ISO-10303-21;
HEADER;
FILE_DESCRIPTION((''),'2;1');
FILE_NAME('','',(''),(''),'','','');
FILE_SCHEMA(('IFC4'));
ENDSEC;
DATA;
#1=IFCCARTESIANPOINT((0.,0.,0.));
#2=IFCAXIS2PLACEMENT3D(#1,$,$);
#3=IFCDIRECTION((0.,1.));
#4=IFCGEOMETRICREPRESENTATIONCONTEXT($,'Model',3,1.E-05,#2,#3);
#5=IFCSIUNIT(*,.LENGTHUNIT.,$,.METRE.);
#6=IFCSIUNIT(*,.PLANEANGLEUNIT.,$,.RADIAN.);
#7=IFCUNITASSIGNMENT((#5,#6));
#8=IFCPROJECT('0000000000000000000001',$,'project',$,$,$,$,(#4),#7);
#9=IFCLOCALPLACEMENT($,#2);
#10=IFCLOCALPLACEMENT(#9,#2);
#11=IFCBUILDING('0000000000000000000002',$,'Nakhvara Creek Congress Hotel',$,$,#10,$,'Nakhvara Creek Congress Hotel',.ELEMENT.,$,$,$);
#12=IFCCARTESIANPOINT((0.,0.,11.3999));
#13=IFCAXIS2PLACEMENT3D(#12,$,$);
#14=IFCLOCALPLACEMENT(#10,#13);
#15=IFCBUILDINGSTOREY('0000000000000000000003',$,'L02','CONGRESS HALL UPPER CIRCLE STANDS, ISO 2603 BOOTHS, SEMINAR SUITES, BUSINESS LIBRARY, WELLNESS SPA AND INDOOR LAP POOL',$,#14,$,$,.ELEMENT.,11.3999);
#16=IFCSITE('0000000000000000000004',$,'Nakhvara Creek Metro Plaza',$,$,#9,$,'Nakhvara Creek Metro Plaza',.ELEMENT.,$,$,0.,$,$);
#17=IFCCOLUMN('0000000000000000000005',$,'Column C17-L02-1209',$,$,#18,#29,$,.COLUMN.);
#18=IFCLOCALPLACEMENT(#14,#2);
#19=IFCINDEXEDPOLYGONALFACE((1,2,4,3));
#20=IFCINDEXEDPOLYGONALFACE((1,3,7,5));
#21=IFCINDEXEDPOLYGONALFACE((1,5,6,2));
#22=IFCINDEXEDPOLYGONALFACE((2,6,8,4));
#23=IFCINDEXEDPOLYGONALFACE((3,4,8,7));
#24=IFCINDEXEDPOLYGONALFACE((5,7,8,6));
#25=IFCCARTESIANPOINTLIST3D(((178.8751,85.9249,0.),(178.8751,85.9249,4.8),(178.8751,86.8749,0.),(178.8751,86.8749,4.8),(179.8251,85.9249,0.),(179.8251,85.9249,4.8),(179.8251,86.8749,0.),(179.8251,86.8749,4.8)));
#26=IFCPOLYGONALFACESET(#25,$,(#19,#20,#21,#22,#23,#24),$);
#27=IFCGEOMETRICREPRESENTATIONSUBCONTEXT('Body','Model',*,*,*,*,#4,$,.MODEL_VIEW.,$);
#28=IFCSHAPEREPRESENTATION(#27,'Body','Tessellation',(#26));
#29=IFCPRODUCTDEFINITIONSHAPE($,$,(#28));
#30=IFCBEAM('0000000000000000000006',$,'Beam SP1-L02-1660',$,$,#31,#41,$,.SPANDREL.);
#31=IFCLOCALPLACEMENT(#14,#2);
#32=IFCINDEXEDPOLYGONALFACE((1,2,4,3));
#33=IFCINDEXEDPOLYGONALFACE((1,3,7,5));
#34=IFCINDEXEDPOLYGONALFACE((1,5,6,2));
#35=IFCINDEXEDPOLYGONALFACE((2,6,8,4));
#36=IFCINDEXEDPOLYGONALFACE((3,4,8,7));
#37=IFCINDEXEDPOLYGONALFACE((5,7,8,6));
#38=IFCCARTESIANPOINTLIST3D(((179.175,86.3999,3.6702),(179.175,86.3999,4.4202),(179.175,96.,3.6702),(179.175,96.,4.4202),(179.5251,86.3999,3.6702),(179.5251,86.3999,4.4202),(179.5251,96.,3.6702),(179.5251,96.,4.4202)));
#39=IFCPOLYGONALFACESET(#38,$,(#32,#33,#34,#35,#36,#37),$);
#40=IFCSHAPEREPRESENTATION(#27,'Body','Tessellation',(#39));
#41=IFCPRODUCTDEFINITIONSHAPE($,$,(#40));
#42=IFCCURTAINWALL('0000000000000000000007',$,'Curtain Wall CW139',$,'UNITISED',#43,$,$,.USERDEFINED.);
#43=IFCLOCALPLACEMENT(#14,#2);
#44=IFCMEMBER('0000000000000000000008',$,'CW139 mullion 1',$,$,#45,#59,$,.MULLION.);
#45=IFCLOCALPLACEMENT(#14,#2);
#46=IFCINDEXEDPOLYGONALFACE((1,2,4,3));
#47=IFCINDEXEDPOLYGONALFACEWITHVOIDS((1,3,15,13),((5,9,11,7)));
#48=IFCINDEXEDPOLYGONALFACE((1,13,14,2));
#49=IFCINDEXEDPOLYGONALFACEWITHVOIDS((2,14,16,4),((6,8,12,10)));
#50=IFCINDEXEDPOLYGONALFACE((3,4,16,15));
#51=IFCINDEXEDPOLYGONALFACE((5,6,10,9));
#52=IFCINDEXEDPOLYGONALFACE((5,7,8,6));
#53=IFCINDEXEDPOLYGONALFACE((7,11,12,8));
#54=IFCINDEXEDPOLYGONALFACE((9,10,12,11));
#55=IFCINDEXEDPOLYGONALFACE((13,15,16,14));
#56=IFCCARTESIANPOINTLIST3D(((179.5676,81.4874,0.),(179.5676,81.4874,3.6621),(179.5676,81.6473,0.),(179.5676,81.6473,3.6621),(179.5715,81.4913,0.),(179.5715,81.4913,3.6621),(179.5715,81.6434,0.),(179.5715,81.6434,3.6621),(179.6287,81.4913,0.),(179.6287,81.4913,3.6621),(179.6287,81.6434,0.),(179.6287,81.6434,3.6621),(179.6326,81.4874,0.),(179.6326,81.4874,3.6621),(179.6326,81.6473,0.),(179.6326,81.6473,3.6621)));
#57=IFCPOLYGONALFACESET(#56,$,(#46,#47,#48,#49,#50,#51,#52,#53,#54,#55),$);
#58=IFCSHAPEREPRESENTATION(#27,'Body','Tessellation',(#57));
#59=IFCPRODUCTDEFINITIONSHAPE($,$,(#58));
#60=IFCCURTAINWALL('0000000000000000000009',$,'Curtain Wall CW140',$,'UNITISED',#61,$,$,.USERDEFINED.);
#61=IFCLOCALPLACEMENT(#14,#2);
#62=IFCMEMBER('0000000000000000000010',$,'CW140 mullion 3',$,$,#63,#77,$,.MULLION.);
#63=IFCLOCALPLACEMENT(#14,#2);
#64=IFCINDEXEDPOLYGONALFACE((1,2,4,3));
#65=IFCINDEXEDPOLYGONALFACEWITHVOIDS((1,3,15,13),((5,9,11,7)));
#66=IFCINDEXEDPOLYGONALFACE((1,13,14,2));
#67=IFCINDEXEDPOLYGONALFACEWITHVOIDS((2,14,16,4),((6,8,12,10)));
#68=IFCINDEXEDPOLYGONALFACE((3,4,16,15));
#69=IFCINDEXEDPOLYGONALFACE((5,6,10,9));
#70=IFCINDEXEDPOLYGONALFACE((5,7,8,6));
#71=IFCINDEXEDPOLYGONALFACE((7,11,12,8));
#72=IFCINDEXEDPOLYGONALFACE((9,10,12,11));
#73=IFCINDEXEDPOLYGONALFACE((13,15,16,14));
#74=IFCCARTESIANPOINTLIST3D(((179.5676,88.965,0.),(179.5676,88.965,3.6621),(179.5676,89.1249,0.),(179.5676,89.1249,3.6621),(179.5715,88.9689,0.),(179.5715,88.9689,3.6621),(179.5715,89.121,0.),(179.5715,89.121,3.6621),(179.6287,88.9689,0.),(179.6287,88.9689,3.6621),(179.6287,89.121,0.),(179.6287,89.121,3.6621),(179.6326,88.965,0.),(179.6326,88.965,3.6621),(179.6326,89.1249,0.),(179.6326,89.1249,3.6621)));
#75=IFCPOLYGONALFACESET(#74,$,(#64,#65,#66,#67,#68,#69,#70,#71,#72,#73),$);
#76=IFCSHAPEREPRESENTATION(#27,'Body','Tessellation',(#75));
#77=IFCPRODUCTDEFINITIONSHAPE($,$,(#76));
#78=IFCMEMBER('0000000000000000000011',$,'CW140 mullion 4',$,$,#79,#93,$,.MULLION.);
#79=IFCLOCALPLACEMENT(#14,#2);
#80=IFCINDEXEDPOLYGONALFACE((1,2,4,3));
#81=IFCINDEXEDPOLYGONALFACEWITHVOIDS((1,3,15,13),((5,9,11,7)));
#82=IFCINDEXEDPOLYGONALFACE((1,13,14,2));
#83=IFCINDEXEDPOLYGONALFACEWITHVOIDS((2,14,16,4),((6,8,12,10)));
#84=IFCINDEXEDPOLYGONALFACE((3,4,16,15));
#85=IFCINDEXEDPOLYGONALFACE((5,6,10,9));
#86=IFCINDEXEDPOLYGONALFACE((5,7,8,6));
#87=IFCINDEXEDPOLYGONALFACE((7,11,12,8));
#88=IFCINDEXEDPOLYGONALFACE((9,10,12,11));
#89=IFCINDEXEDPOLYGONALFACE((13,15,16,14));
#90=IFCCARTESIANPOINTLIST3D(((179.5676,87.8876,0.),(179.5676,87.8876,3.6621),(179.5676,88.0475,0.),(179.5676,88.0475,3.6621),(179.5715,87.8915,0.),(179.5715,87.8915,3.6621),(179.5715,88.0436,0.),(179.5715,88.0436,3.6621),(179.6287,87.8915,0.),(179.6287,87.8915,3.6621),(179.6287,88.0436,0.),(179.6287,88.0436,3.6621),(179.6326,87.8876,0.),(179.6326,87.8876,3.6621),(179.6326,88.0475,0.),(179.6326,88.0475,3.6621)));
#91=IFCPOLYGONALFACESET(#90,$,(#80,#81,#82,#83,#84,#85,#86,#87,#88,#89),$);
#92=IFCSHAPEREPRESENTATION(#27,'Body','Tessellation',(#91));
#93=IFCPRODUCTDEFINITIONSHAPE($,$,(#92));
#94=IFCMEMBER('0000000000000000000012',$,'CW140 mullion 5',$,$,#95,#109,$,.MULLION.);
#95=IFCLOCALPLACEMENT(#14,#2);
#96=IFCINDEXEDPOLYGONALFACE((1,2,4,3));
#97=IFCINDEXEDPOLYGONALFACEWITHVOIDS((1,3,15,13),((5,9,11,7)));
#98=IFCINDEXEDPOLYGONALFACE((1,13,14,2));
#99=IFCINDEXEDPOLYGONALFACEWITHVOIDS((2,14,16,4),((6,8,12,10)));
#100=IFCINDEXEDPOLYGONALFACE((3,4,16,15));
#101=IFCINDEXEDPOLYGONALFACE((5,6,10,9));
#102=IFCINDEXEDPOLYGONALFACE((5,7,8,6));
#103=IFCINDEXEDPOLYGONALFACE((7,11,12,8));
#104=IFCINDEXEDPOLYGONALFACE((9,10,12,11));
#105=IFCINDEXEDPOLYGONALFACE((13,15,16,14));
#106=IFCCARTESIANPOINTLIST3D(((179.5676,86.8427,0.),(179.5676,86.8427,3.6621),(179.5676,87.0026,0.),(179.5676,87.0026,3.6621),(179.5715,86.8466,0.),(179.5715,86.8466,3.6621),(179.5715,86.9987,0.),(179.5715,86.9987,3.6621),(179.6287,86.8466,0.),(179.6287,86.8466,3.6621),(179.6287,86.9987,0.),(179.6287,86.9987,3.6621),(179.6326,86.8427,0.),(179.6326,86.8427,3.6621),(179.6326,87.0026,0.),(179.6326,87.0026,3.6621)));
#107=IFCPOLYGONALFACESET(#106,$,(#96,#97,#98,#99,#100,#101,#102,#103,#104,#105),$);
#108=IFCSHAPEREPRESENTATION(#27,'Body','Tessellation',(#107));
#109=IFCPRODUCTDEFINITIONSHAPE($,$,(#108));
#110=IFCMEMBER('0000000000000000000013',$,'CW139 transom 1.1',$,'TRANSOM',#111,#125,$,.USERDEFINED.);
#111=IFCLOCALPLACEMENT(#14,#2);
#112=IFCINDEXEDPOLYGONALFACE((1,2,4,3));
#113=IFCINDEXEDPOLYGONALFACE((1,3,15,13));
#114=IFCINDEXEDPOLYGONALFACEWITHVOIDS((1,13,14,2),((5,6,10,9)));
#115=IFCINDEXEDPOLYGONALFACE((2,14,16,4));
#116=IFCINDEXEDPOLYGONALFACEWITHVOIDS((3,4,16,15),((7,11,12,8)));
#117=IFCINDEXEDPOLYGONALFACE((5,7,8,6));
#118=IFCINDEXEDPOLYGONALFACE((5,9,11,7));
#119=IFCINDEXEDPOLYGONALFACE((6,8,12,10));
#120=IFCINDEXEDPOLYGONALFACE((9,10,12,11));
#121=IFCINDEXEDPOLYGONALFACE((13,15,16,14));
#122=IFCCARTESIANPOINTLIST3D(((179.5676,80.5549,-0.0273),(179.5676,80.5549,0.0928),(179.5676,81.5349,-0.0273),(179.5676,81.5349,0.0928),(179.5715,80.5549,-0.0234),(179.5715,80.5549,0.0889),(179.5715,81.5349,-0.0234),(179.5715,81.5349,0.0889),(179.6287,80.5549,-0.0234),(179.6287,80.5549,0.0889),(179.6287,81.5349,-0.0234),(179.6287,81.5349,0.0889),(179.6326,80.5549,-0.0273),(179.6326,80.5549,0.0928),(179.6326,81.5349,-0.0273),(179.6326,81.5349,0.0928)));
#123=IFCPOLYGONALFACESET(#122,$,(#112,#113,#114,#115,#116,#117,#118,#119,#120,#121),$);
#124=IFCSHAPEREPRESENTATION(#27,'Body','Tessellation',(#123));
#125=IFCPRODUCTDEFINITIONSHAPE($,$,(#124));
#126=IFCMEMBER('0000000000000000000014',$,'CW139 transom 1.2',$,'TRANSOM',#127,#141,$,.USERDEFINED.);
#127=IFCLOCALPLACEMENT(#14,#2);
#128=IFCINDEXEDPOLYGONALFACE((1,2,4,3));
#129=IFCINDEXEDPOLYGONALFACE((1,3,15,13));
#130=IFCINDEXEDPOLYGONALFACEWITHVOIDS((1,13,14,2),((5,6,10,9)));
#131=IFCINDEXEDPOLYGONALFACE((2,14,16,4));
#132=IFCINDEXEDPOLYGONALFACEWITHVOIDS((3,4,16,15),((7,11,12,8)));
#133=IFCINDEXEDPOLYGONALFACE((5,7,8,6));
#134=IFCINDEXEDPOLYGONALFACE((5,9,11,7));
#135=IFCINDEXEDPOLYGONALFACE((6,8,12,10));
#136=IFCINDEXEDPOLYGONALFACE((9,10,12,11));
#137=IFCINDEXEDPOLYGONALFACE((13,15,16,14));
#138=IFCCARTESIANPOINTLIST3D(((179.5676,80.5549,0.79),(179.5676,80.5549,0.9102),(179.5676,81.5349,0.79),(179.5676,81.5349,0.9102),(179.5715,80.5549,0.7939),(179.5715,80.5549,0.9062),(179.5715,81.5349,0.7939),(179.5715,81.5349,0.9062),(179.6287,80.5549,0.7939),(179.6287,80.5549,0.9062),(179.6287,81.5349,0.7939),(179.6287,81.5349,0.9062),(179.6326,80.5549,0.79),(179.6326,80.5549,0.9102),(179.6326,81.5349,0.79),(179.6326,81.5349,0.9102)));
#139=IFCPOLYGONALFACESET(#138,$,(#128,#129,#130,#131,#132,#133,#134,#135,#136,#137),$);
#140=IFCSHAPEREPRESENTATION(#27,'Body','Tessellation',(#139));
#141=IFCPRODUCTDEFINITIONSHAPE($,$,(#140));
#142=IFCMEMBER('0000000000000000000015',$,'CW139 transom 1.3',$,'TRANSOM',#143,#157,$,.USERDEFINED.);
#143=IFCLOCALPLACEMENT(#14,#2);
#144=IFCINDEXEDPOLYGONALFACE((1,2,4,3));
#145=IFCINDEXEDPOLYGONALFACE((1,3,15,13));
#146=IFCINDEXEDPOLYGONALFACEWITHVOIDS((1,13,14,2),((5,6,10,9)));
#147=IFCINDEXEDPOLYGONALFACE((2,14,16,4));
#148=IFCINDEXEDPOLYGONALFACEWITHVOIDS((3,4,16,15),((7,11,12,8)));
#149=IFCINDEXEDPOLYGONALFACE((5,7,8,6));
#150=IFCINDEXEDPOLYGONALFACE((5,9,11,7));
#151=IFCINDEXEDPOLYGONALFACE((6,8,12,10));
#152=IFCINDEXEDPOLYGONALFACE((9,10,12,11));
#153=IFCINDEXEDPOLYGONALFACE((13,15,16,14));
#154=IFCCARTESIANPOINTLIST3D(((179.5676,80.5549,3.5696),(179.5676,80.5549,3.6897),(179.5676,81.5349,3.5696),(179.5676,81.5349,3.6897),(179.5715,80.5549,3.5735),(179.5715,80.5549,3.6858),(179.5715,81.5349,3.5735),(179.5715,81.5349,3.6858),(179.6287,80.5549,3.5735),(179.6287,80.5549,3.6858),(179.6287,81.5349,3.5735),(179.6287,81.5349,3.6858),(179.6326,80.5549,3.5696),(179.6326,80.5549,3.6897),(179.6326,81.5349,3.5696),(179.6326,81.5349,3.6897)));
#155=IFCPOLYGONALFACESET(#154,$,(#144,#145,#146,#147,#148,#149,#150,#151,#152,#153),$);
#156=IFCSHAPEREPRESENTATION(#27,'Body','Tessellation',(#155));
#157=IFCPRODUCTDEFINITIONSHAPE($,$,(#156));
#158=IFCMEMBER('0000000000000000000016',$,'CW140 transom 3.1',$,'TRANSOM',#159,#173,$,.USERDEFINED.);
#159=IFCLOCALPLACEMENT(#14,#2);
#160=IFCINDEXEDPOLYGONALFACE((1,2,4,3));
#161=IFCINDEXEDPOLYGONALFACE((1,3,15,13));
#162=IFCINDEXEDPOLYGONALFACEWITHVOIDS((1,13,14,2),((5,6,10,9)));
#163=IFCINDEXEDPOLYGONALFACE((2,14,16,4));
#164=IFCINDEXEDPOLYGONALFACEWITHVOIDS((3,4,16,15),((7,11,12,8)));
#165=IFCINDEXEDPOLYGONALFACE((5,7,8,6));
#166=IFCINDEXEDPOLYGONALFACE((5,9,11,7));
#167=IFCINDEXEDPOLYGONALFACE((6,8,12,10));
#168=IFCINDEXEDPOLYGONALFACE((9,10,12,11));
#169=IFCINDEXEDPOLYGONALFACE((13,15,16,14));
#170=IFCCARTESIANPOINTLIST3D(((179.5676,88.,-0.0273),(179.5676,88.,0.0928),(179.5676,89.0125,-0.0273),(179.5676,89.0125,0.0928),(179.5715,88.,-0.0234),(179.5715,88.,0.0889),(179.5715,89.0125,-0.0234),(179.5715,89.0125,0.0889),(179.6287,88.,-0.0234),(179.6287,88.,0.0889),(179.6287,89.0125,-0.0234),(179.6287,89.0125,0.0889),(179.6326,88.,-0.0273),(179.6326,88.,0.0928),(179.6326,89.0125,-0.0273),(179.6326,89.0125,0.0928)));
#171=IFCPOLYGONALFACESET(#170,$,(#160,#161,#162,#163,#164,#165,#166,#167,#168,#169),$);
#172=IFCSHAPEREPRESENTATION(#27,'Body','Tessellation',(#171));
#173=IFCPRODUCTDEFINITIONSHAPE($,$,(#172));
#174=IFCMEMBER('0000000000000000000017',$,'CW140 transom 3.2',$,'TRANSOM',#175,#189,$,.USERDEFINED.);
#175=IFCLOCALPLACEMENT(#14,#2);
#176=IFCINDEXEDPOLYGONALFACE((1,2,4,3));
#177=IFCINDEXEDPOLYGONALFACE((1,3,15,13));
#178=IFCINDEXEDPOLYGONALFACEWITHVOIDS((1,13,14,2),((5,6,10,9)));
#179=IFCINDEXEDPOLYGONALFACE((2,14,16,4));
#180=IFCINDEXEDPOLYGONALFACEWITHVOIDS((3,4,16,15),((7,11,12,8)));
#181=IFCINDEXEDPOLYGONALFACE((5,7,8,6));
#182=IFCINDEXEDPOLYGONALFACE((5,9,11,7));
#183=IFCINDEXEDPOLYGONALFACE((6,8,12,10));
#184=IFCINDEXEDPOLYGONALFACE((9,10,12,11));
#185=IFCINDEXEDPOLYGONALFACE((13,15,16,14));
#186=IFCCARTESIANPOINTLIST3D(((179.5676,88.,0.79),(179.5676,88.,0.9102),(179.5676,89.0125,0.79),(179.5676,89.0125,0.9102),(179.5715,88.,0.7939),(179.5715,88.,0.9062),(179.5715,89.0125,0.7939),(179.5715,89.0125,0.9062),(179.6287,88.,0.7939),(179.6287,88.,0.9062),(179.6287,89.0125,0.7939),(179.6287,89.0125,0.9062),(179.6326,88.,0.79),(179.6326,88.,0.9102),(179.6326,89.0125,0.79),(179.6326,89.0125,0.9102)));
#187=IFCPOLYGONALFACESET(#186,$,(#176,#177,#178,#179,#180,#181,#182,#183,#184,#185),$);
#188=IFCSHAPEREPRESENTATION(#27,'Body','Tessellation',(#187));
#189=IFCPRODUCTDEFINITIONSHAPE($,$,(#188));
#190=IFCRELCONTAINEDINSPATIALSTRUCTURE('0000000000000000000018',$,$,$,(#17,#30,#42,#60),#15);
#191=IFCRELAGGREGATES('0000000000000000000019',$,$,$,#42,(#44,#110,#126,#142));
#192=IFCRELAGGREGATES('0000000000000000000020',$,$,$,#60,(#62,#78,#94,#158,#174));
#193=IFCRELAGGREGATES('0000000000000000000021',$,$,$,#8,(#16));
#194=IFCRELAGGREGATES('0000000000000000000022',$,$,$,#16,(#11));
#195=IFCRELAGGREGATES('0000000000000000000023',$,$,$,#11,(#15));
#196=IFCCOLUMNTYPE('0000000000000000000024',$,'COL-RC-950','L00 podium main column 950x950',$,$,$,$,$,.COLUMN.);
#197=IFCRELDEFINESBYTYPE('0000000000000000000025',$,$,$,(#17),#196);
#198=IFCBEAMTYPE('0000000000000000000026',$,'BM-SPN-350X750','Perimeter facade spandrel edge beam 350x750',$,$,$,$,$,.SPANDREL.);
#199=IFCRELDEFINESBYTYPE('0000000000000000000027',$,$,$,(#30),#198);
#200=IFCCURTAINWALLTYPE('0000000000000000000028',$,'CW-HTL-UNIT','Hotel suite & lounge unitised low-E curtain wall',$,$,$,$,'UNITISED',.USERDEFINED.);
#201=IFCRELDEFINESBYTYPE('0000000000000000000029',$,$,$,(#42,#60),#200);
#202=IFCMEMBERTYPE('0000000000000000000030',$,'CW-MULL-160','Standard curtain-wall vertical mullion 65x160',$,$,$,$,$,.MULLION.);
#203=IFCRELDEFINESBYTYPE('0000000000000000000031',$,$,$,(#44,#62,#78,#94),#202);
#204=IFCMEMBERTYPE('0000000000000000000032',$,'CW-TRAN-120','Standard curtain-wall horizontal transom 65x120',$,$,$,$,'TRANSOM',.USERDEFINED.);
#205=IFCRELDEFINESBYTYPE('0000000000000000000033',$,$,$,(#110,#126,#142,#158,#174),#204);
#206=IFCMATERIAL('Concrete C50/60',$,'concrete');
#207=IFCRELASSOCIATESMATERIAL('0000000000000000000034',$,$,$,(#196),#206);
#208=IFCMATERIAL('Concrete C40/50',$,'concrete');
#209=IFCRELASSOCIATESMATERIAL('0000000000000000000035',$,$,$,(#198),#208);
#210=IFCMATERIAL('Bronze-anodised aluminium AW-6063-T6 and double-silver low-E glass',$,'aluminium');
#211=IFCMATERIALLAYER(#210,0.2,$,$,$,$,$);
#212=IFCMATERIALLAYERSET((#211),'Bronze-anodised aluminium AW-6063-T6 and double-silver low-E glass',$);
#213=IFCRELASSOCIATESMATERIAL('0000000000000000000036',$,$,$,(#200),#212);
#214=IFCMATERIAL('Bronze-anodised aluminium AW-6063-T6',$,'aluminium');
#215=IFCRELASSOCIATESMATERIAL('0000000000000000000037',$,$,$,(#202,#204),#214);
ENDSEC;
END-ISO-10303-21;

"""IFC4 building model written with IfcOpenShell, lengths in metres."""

from ifc_helpers import new_model, si_unit, direction, frame, origin, origin_2d, place, context, subcontext, project, spatial, rectangle, hollow_rectangle, extrude, material, layer, layer_set, material_profile, profile_set, type_object, element, aggregate, save


model = new_model("IFC4")

# Units and contexts
model_context = context("Model", 3, precision=1e-05, world=origin(), true_north=direction((0.0, 1.0)))
body_context = subcontext(model_context, "Body", "Model", "MODEL_VIEW")
ifc_project = project(units=[si_unit("LENGTHUNIT", "METRE"), si_unit("PLANEANGLEUNIT", "RADIAN")], contexts=[model_context])

# Site, building, storey
site_placement = place(None, origin())
site = spatial("IfcSite", under=ifc_project, at=site_placement, Name="Nakhvara Creek Metro Plaza", LongName="Nakhvara Creek Metro Plaza", CompositionType="ELEMENT", RefElevation=0.0)
building_placement = place(site_placement, origin())
building = spatial("IfcBuilding", under=site, at=building_placement, Name="Nakhvara Creek Congress Hotel", LongName="Nakhvara Creek Congress Hotel", CompositionType="ELEMENT")
storey_placement = place(building_placement, frame((0.0, 0.0, 11.3999)))
storey = spatial("IfcBuildingStorey", under=building, at=storey_placement, Name="L02", Description="CONGRESS HALL UPPER CIRCLE STANDS, ISO 2603 BOOTHS, SEMINAR SUITES, BUSINESS LIBRARY, WELLNESS SPA AND INDOOR LAP POOL", CompositionType="ELEMENT", Elevation=11.3999)

# Column
ifc_material_1 = material(Name="Concrete C50/60", Category="concrete")
ifc_material_profile_1 = material_profile(ifc_material_1, rectangle(XDim=0.95, YDim=0.95, at=origin_2d()), Name="RC-COL 950x950", Category="LoadBearing")
ifc_profile_set_1 = profile_set([ifc_material_profile_1], Name="Concrete C50/60")
column_type = type_object("IfcColumnType", Name="COL-RC-950", Description="L00 podium main column 950x950", PredefinedType="COLUMN", material=ifc_profile_set_1)
column_placement = place(storey_placement, frame((179.3501, 86.3999, 0.0), z_axis=(0.0, 0.0, 1.0), x_axis=(1.0, 0.0, 0.0)))
element("IfcColumn", 1, at=column_placement, inside=storey, type_object=column_type, Name="Column C17-L02-1209", PredefinedType="COLUMN", context=body_context, shape_type="SweptSolid", body=[
    extrude(rectangle(XDim=0.95, YDim=0.95, at=origin_2d()), origin(), (0.0, 0.0, 1.0), 4.8),
])

# Beam
ifc_material_2 = material(Name="Concrete C40/50", Category="concrete")
ifc_material_profile_2 = material_profile(ifc_material_2, rectangle(XDim=0.3501, YDim=0.75, at=origin_2d()), Name="RC-SPANDREL 350x750", Category="LoadBearing")
ifc_profile_set_2 = profile_set([ifc_material_profile_2], Name="Concrete C40/50")
beam_type = type_object("IfcBeamType", Name="BM-SPN-350X750", Description="Perimeter facade spandrel edge beam 350x750", PredefinedType="SPANDREL", material=ifc_profile_set_2)
beam_placement = place(storey_placement, frame((179.3501, 86.3999, 4.0452), z_axis=(0.0, 1.0, 0.0), x_axis=(-1.0, 0.0, 0.0)))
element("IfcBeam", 2, at=beam_placement, inside=storey, type_object=beam_type, Name="Beam SP1-L02-1660", PredefinedType="SPANDREL", context=body_context, shape_type="SweptSolid", body=[
    extrude(rectangle(XDim=0.3501, YDim=0.75, at=origin_2d()), origin(), (0.0, 0.0, 1.0), 9.6001),
])

# Curtain wall, member
ifc_material_3 = material(Name="Bronze-anodised aluminium AW-6063-T6 and double-silver low-E glass", Category="aluminium")
ifc_layer_1 = layer(ifc_material_3, 0.2)
ifc_layer_set_1 = layer_set([ifc_layer_1], Name="Bronze-anodised aluminium AW-6063-T6 and double-silver low-E glass")
curtain_wall_type = type_object("IfcCurtainWallType", Name="CW-HTL-UNIT", Description="Hotel suite & lounge unitised low-E curtain wall", ElementType="UNITISED", PredefinedType="USERDEFINED", material=ifc_layer_set_1)
curtain_wall_1_placement = place(storey_placement, origin())
curtain_wall_1 = element("IfcCurtainWall", 3, at=curtain_wall_1_placement, inside=storey, type_object=curtain_wall_type, Name="Curtain Wall CW139", ObjectType="UNITISED", PredefinedType="USERDEFINED")
ifc_material_4 = material(Name="Bronze-anodised aluminium AW-6063-T6", Category="aluminium")
ifc_material_profile_3 = material_profile(ifc_material_4, hollow_rectangle(XDim=0.0649, YDim=0.1599, WallThickness=0.0039, at=origin_2d()), Name="ALU-MULL 65x160x4", Category="LoadBearing")
ifc_profile_set_3 = profile_set([ifc_material_profile_3], Name="Bronze-anodised aluminium AW-6063-T6")
member_type_1 = type_object("IfcMemberType", Name="CW-MULL-160", Description="Standard curtain-wall vertical mullion 65x160", PredefinedType="MULLION", material=ifc_profile_set_3)
member_1_placement = place(storey_placement, frame((179.6001, 81.5674, 0.0), z_axis=(0.0, 0.0, 1.0), x_axis=(1.0, 0.0, 0.0)))
member_1 = element("IfcMember", 4, at=member_1_placement, type_object=member_type_1, Name="CW139 mullion 1", PredefinedType="MULLION", context=body_context, shape_type="SweptSolid", body=[
    extrude(hollow_rectangle(XDim=0.0649, YDim=0.1599, WallThickness=0.0039, at=origin_2d()), origin(), (0.0, 0.0, 1.0), 3.6621),
])

# Curtain wall, members
curtain_wall_2_placement = place(storey_placement, origin())
curtain_wall_2 = element("IfcCurtainWall", 5, at=curtain_wall_2_placement, inside=storey, type_object=curtain_wall_type, Name="Curtain Wall CW140", ObjectType="UNITISED", PredefinedType="USERDEFINED")
member_2_placement = place(storey_placement, frame((179.6001, 89.0449, 0.0), z_axis=(0.0, 0.0, 1.0), x_axis=(1.0, 0.0, 0.0)))
member_2 = element("IfcMember", 6, at=member_2_placement, type_object=member_type_1, Name="CW140 mullion 3", PredefinedType="MULLION", context=body_context, shape_type="SweptSolid", body=[
    extrude(hollow_rectangle(XDim=0.0649, YDim=0.1599, WallThickness=0.0039, at=origin_2d()), origin(), (0.0, 0.0, 1.0), 3.6621),
])
member_3_placement = place(storey_placement, frame((179.6001, 87.9675, 0.0), z_axis=(0.0, 0.0, 1.0), x_axis=(1.0, 0.0, 0.0)))
member_3 = element("IfcMember", 7, at=member_3_placement, type_object=member_type_1, Name="CW140 mullion 4", PredefinedType="MULLION", context=body_context, shape_type="SweptSolid", body=[
    extrude(hollow_rectangle(XDim=0.0649, YDim=0.1599, WallThickness=0.0039, at=origin_2d()), origin(), (0.0, 0.0, 1.0), 3.6621),
])
member_4_placement = place(storey_placement, frame((179.6001, 86.9226, 0.0), z_axis=(0.0, 0.0, 1.0), x_axis=(1.0, 0.0, 0.0)))
member_4 = element("IfcMember", 8, at=member_4_placement, type_object=member_type_1, Name="CW140 mullion 5", PredefinedType="MULLION", context=body_context, shape_type="SweptSolid", body=[
    extrude(hollow_rectangle(XDim=0.0649, YDim=0.1599, WallThickness=0.0039, at=origin_2d()), origin(), (0.0, 0.0, 1.0), 3.6621),
])

# Members
ifc_material_profile_4 = material_profile(ifc_material_4, hollow_rectangle(XDim=0.0649, YDim=0.1201, WallThickness=0.0039, at=origin_2d()), Name="ALU-TRAN 65x120x4", Category="LoadBearing")
ifc_profile_set_4 = profile_set([ifc_material_profile_4], Name="Bronze-anodised aluminium AW-6063-T6")
member_type_2 = type_object("IfcMemberType", Name="CW-TRAN-120", Description="Standard curtain-wall horizontal transom 65x120", ElementType="TRANSOM", PredefinedType="USERDEFINED", material=ifc_profile_set_4)
member_5_placement = place(storey_placement, frame((179.6001, 81.5349, 0.0327), z_axis=(0.0, -1.0, 0.0), x_axis=(1.0, 0.0, 0.0)))
member_5 = element("IfcMember", 9, at=member_5_placement, type_object=member_type_2, Name="CW139 transom 1.1", ObjectType="TRANSOM", PredefinedType="USERDEFINED", context=body_context, shape_type="SweptSolid", body=[
    extrude(hollow_rectangle(XDim=0.0649, YDim=0.1201, WallThickness=0.0039, at=origin_2d()), origin(), (0.0, 0.0, 1.0), 0.98),
])
member_6_placement = place(storey_placement, frame((179.6001, 81.5349, 0.8501), z_axis=(0.0, -1.0, 0.0), x_axis=(1.0, 0.0, 0.0)))
member_6 = element("IfcMember", 10, at=member_6_placement, type_object=member_type_2, Name="CW139 transom 1.2", ObjectType="TRANSOM", PredefinedType="USERDEFINED", context=body_context, shape_type="SweptSolid", body=[
    extrude(hollow_rectangle(XDim=0.0649, YDim=0.1201, WallThickness=0.0039, at=origin_2d()), origin(), (0.0, 0.0, 1.0), 0.98),
])
member_7_placement = place(storey_placement, frame((179.6001, 81.5349, 3.6296), z_axis=(0.0, -1.0, 0.0), x_axis=(1.0, 0.0, 0.0)))
member_7 = element("IfcMember", 11, at=member_7_placement, type_object=member_type_2, Name="CW139 transom 1.3", ObjectType="TRANSOM", PredefinedType="USERDEFINED", context=body_context, shape_type="SweptSolid", body=[
    extrude(hollow_rectangle(XDim=0.0649, YDim=0.1201, WallThickness=0.0039, at=origin_2d()), origin(), (0.0, 0.0, 1.0), 0.98),
])
aggregate(curtain_wall_1, [member_1, member_5, member_6, member_7])
member_8_placement = place(storey_placement, frame((179.6001, 89.0125, 0.0327), z_axis=(0.0, -1.0, 0.0), x_axis=(1.0, 0.0, 0.0)))
member_8 = element("IfcMember", 12, at=member_8_placement, type_object=member_type_2, Name="CW140 transom 3.1", ObjectType="TRANSOM", PredefinedType="USERDEFINED", context=body_context, shape_type="SweptSolid", body=[
    extrude(hollow_rectangle(XDim=0.0649, YDim=0.1201, WallThickness=0.0039, at=origin_2d()), origin(), (0.0, 0.0, 1.0), 1.0125),
])
member_9_placement = place(storey_placement, frame((179.6001, 89.0125, 0.8501), z_axis=(0.0, -1.0, 0.0), x_axis=(1.0, 0.0, 0.0)))
member_9 = element("IfcMember", 13, at=member_9_placement, type_object=member_type_2, Name="CW140 transom 3.2", ObjectType="TRANSOM", PredefinedType="USERDEFINED", context=body_context, shape_type="SweptSolid", body=[
    extrude(hollow_rectangle(XDim=0.0649, YDim=0.1201, WallThickness=0.0039, at=origin_2d()), origin(), (0.0, 0.0, 1.0), 1.0125),
])

aggregate(curtain_wall_2, [member_2, member_3, member_4, member_8, member_9])

save(model, "model.ifc")
